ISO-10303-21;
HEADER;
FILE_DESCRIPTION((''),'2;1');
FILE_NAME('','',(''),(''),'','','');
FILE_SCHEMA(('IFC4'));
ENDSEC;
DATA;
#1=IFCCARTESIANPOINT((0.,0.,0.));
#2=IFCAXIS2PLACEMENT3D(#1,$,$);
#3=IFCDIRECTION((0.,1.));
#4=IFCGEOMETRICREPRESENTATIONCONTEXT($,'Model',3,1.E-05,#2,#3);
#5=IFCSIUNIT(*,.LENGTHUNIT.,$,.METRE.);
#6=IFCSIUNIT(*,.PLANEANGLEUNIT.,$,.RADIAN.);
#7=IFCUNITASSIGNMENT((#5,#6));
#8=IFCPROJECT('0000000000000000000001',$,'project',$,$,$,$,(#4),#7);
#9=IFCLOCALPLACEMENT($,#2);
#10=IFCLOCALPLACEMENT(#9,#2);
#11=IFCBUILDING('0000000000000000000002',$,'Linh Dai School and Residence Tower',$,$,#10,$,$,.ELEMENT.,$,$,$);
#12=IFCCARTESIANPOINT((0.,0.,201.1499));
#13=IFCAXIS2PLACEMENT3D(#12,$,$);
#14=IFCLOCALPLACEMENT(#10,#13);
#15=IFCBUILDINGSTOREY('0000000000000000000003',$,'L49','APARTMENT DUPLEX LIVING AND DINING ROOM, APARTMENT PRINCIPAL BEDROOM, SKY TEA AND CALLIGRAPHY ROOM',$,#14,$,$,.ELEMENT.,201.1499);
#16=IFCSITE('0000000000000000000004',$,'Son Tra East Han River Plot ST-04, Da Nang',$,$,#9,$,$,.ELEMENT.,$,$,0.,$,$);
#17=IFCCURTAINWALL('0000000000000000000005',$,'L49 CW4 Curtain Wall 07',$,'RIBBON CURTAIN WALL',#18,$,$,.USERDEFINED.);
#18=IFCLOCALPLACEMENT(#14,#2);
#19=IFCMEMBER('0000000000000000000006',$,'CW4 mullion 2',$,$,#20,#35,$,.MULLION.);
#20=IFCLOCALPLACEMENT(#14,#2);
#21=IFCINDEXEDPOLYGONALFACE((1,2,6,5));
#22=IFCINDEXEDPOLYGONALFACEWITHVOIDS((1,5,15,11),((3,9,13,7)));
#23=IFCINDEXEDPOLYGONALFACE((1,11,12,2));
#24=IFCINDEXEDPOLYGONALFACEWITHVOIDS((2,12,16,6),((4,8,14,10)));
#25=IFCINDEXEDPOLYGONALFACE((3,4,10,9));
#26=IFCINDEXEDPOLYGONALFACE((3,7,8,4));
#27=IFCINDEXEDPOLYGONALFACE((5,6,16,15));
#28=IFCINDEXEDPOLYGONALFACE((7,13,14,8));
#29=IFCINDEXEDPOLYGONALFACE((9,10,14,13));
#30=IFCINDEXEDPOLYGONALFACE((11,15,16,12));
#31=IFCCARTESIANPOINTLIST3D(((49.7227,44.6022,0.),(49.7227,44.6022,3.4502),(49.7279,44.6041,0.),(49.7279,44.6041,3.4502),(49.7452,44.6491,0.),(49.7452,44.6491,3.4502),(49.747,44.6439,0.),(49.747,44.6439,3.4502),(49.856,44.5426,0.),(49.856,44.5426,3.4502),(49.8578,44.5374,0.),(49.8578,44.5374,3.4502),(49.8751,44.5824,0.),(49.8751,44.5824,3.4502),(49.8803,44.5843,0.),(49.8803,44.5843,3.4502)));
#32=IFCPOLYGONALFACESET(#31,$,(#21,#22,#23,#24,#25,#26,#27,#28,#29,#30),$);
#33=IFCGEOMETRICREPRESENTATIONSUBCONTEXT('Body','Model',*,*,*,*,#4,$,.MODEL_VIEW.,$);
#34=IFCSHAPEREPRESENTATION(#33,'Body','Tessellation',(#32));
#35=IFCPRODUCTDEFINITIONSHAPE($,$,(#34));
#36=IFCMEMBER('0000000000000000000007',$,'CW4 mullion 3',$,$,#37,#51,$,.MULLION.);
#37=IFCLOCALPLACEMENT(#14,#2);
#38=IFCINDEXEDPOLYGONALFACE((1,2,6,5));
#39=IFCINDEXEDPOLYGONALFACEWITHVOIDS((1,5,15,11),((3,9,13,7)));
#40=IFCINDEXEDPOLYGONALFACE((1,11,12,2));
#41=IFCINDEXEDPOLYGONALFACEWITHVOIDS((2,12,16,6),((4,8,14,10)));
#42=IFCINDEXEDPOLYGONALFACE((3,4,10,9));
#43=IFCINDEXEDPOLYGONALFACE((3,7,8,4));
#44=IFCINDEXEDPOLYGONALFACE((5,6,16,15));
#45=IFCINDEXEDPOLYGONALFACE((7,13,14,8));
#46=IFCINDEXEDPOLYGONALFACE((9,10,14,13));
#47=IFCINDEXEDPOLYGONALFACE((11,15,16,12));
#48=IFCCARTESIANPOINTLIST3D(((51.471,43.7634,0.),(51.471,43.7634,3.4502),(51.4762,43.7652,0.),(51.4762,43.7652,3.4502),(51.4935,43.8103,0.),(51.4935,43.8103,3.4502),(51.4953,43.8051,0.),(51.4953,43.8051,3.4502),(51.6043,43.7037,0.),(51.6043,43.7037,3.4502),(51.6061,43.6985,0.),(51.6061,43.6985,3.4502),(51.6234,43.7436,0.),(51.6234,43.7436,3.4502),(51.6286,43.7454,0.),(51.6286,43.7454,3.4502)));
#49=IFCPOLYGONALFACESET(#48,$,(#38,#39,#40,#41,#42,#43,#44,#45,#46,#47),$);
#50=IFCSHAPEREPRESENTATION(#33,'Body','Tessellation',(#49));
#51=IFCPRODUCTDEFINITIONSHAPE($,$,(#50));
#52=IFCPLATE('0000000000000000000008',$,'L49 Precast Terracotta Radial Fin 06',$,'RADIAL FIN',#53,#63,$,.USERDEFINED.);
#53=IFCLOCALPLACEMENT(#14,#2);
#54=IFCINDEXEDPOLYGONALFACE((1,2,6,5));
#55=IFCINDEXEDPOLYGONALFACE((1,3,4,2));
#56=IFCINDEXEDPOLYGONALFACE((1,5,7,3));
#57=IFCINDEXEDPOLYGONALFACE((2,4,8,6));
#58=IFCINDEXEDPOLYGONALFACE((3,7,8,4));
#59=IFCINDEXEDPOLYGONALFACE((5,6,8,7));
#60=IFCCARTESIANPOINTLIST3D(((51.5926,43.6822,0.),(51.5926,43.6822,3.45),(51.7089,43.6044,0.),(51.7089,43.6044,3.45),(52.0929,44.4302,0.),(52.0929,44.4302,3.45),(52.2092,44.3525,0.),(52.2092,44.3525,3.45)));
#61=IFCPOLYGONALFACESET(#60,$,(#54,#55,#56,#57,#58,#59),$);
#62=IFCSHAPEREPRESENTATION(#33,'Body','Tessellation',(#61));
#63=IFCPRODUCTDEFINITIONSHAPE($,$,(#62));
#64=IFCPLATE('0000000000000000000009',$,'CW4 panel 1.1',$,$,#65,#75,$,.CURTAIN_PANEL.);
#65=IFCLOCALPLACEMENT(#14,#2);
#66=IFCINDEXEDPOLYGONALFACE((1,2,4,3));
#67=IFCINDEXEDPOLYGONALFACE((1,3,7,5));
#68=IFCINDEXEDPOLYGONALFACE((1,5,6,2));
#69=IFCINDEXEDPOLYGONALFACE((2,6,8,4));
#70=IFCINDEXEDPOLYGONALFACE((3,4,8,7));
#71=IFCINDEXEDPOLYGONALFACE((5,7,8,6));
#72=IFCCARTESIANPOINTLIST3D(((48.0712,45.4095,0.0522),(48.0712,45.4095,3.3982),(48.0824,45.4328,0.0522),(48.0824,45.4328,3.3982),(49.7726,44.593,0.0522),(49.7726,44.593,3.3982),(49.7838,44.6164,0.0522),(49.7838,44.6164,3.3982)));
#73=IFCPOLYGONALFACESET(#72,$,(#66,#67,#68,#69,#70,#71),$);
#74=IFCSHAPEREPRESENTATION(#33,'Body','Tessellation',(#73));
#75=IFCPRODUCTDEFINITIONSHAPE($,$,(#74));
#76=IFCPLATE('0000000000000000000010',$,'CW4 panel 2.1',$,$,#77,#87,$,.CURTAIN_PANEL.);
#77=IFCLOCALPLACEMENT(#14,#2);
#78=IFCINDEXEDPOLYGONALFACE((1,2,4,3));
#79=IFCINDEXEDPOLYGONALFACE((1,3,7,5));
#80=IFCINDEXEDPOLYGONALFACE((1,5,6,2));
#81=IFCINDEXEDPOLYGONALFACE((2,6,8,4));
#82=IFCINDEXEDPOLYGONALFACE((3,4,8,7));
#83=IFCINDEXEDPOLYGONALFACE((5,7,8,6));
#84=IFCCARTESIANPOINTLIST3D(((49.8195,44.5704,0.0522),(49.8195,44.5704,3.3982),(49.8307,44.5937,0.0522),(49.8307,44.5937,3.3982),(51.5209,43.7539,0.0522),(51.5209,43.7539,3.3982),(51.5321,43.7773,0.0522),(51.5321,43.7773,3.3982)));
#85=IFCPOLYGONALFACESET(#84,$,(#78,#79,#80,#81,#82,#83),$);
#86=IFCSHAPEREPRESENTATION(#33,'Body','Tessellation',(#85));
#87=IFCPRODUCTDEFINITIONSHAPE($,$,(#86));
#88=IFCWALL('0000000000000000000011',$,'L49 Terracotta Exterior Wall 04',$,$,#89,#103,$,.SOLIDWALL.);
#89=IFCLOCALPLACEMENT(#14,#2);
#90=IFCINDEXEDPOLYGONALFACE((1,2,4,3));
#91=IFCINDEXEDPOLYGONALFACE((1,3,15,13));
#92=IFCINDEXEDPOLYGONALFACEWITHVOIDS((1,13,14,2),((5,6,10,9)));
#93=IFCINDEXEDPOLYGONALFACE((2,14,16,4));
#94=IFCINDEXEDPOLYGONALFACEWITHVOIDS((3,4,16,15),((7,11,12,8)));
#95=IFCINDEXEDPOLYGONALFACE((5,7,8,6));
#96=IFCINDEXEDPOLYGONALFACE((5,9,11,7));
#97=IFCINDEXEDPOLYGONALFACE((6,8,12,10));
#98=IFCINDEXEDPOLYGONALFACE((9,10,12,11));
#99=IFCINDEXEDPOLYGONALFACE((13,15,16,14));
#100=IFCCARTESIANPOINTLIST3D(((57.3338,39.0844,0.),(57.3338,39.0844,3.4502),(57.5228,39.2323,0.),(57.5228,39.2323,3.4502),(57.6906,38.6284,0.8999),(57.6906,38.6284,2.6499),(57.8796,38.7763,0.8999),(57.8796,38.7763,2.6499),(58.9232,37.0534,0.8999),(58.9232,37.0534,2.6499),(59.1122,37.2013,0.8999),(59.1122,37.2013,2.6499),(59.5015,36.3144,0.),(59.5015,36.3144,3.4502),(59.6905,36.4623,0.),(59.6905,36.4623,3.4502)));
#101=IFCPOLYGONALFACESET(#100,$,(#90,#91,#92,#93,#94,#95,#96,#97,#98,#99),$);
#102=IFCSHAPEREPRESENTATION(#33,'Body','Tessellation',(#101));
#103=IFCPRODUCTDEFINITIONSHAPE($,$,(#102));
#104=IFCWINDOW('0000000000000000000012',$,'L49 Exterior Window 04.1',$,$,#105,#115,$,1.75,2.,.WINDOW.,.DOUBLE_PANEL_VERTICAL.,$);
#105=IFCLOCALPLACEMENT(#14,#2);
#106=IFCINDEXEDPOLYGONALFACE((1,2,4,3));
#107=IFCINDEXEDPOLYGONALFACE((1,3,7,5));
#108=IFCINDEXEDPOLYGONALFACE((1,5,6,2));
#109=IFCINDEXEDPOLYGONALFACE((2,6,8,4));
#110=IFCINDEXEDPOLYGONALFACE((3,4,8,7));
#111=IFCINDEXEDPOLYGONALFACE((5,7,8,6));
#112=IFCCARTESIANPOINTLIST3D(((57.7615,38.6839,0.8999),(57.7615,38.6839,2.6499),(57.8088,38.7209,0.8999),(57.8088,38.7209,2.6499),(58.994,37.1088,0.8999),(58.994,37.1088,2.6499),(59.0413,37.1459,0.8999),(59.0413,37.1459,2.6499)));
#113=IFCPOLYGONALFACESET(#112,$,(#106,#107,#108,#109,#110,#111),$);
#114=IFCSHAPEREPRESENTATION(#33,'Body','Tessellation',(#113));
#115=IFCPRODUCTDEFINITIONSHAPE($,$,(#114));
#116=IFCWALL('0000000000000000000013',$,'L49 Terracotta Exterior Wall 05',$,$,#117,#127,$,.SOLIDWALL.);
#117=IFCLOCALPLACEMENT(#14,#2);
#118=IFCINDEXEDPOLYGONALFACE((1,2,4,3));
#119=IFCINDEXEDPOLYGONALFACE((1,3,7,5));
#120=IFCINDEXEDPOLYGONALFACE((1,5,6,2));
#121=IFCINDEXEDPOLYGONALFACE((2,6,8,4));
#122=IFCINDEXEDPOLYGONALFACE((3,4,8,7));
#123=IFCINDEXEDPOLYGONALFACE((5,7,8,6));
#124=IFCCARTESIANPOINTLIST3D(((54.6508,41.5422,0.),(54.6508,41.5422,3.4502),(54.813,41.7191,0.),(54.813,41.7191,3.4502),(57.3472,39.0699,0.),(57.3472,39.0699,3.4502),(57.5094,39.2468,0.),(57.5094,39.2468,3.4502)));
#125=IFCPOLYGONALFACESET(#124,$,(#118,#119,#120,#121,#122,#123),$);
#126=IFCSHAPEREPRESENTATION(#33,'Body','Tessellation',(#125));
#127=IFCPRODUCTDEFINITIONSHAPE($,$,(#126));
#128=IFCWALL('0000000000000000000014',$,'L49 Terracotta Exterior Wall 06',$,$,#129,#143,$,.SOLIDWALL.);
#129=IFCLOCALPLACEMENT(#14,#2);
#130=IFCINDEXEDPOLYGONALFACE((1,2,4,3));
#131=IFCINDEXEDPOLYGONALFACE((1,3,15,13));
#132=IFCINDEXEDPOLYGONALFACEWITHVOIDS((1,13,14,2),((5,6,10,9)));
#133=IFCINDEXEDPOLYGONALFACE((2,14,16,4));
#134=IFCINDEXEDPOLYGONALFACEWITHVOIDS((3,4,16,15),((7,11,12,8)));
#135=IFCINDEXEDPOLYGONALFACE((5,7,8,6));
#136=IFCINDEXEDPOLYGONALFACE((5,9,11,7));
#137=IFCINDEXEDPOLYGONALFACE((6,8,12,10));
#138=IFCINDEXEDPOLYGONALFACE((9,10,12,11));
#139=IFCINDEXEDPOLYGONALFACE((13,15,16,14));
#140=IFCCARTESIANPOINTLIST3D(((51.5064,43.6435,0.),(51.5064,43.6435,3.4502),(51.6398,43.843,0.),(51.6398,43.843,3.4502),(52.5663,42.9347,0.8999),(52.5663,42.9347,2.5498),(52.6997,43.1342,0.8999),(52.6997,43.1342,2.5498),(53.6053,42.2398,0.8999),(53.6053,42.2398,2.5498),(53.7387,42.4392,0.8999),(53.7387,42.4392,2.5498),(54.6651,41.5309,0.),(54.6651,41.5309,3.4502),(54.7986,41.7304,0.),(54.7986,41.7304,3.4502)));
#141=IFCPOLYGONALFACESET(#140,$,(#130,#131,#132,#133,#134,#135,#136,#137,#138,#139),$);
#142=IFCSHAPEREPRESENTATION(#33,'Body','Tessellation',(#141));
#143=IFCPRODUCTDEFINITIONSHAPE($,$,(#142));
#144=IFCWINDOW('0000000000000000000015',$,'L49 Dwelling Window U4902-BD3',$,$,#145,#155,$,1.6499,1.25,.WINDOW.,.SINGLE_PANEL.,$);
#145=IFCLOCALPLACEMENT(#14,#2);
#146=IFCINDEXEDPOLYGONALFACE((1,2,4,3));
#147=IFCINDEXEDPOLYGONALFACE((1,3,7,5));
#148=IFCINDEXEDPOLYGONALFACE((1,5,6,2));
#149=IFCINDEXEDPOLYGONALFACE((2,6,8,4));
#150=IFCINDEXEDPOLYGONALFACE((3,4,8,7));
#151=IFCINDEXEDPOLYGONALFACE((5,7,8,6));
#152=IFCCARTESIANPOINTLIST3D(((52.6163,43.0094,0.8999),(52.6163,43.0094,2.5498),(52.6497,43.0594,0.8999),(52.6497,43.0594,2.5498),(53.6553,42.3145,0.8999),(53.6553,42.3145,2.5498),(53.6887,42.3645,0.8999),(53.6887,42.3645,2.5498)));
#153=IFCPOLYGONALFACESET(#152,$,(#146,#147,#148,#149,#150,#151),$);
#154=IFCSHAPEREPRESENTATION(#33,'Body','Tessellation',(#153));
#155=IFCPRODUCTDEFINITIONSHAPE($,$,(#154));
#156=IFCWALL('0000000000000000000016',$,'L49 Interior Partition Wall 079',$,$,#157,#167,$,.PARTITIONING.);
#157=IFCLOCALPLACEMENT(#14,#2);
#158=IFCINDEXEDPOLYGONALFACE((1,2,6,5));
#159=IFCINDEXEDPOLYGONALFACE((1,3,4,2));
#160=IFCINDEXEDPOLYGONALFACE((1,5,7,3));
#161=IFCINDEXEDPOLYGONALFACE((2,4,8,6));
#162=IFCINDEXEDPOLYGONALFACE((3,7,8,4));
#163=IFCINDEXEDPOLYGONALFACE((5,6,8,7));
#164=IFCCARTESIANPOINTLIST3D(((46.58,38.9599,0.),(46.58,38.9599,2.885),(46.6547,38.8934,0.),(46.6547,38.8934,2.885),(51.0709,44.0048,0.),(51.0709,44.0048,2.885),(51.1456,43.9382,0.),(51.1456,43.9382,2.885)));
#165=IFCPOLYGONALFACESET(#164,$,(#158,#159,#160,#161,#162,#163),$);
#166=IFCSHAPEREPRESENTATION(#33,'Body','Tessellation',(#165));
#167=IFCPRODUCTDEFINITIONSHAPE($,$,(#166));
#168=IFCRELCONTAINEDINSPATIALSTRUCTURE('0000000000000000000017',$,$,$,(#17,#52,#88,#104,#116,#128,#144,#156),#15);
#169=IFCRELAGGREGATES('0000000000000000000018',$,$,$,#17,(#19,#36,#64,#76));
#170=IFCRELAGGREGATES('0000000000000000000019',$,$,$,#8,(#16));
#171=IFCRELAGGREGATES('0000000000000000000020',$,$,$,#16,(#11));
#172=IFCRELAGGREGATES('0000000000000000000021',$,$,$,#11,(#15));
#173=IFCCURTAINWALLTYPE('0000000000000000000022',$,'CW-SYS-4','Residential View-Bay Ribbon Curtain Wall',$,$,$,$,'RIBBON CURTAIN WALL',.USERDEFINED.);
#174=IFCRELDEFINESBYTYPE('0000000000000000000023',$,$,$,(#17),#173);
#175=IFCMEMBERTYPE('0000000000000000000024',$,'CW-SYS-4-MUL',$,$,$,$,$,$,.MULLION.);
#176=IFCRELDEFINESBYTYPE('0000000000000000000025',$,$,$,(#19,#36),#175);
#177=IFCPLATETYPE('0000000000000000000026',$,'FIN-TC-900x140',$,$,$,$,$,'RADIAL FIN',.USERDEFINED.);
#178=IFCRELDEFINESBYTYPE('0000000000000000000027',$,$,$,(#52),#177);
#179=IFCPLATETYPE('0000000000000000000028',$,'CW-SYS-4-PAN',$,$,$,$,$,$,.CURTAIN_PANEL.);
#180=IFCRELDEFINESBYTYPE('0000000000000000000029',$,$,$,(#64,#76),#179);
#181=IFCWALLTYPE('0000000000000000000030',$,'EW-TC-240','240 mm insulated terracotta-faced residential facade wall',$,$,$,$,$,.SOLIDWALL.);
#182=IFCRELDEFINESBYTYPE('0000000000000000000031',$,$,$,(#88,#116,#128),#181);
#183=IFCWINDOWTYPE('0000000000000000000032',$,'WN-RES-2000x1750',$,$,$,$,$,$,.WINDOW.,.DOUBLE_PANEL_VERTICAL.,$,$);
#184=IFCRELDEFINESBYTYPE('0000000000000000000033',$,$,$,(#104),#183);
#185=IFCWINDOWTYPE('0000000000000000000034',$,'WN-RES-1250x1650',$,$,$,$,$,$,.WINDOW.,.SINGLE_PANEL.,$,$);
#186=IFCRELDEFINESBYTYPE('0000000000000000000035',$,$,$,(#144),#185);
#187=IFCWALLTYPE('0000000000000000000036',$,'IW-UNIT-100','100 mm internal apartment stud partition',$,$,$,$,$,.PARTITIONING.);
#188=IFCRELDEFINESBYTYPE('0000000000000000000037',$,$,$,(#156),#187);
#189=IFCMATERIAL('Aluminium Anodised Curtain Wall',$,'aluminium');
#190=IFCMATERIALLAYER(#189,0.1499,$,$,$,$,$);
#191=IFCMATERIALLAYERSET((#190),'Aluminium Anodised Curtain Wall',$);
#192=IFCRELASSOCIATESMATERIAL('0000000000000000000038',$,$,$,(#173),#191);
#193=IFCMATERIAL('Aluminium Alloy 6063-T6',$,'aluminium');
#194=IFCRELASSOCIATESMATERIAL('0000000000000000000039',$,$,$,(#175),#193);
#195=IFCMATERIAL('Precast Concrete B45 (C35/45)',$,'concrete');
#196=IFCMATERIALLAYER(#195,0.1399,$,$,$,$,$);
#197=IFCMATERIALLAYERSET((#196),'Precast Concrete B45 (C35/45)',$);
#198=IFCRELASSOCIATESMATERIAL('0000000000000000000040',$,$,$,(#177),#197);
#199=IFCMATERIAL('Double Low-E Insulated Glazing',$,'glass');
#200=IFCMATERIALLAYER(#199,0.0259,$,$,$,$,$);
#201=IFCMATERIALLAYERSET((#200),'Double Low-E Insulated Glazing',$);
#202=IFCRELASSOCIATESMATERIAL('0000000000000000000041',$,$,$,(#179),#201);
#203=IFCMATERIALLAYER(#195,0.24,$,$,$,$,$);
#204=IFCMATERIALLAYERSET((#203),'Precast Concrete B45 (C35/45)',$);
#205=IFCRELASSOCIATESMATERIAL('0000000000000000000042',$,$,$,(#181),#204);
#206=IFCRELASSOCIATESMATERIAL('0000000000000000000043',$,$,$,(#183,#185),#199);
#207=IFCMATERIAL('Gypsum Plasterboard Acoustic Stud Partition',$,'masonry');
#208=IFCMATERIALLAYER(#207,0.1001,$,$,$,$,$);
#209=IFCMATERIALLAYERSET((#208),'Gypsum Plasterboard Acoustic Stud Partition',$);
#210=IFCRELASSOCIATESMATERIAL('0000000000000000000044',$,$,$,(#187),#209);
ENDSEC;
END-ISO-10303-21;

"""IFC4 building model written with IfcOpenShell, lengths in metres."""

from ifc_helpers import new_model, si_unit, direction, frame, frame_2d, origin, origin_2d, place, context, subcontext, project, spatial, rectangle, hollow_rectangle, extrude, source, transform, mapped, material, layer, layer_set, material_profile, profile_set, type_object, element, fill, aggregate, save


model = new_model("IFC4")

# Units and contexts
model_context = context("Model", 3, precision=1e-05, world=origin(), true_north=direction((0.0, 1.0)))
body_context = subcontext(model_context, "Body", "Model", "MODEL_VIEW")
ifc_project = project(units=[si_unit("LENGTHUNIT", "METRE"), si_unit("PLANEANGLEUNIT", "RADIAN")], contexts=[model_context])

# Site, building, storey
site_placement = place(None, origin())
site = spatial("IfcSite", under=ifc_project, at=site_placement, Name="Son Tra East Han River Plot ST-04, Da Nang", CompositionType="ELEMENT", RefElevation=0.0)
building_placement = place(site_placement, origin())
building = spatial("IfcBuilding", under=site, at=building_placement, Name="Linh Dai School and Residence Tower", CompositionType="ELEMENT")
storey_placement = place(building_placement, frame((0.0, 0.0, 201.1499)))
storey = spatial("IfcBuildingStorey", under=building, at=storey_placement, Name="L49", Description="APARTMENT DUPLEX LIVING AND DINING ROOM, APARTMENT PRINCIPAL BEDROOM, SKY TEA AND CALLIGRAPHY ROOM", CompositionType="ELEMENT", Elevation=201.1499)

# Curtain wall, members
ifc_material_1 = material(Name="Aluminium Anodised Curtain Wall", Category="aluminium")
ifc_layer_1 = layer(ifc_material_1, 0.1499)
ifc_layer_set_1 = layer_set([ifc_layer_1], Name="Aluminium Anodised Curtain Wall")
curtain_wall_type = type_object("IfcCurtainWallType", Name="CW-SYS-4", Description="Residential View-Bay Ribbon Curtain Wall", ElementType="RIBBON CURTAIN WALL", PredefinedType="USERDEFINED", material=ifc_layer_set_1)
curtain_wall_placement = place(storey_placement, origin())
curtain_wall = element("IfcCurtainWall", 1, at=curtain_wall_placement, inside=storey, type_object=curtain_wall_type, Name="L49 CW4 Curtain Wall 07", ObjectType="RIBBON CURTAIN WALL", PredefinedType="USERDEFINED")
ifc_material_2 = material(Name="Aluminium Alloy 6063-T6", Category="aluminium")
ifc_material_profile_1 = material_profile(ifc_material_2, hollow_rectangle(XDim=0.052, YDim=0.1499, WallThickness=0.0039, at=origin_2d()), Name="RHS 150x52x4")
ifc_profile_set_1 = profile_set([ifc_material_profile_1], Name="Aluminium Alloy 6063-T6")
member_type_1 = type_object("IfcMemberType", Name="CW-SYS-4-MUL", PredefinedType="MULLION", material=ifc_profile_set_1)
shared_shape_1 = source(origin(), body_context, "Body", "SweptSolid", [
    extrude(hollow_rectangle(XDim=0.052, YDim=0.1499, WallThickness=0.0039, at=origin_2d()), origin(), (0.0, 0.0, 1.0), 3.4502),
])
member_1_placement = place(storey_placement, frame((49.8015, 44.5933, 0.0), z_axis=(0.0, 0.0, 1.0), x_axis=(0.432635, 0.901569, 0.0)))
member_1 = element("IfcMember", 2, at=member_1_placement, type_object=member_type_1, Name="CW4 mullion 2", PredefinedType="MULLION", context=body_context, shape_type="MappedRepresentation", body=[
    mapped(shared_shape_1, transform((0.0, 0.0, 0.0), x_axis=(1.0, 0.0, 0.0), y_axis=(0.0, 1.0, 0.0), z_axis=(0.0, 0.0, 1.0), scale=1.0)),
])
member_2_placement = place(storey_placement, frame((51.5498, 43.7544, 0.0), z_axis=(0.0, 0.0, 1.0), x_axis=(0.432635, 0.901569, 0.0)))
member_2 = element("IfcMember", 3, at=member_2_placement, type_object=member_type_1, Name="CW4 mullion 3", PredefinedType="MULLION", context=body_context, shape_type="MappedRepresentation", body=[
    mapped(shared_shape_1, transform((0.0, 0.0, 0.0), x_axis=(1.0, 0.0, 0.0), y_axis=(0.0, 1.0, 0.0), z_axis=(0.0, 0.0, 1.0), scale=1.0)),
])

# Plates
ifc_material_3 = material(Name="Precast Concrete B45 (C35/45)", Category="concrete")
ifc_layer_2 = layer(ifc_material_3, 0.1399)
ifc_layer_set_2 = layer_set([ifc_layer_2], Name="Precast Concrete B45 (C35/45)")
plate_type_1 = type_object("IfcPlateType", Name="FIN-TC-900x140", ElementType="RADIAL FIN", PredefinedType="USERDEFINED", material=ifc_layer_set_2)
shared_shape_2 = source(origin(), body_context, "Body", "SweptSolid", [
    extrude(rectangle(XDim=0.8999, YDim=0.1399, at=origin_2d()), origin(), (0.0, 0.0, 1.0), 3.45),
])
plate_1_placement = place(storey_placement, frame((51.9009, 44.0173, 0.0), z_axis=(0.0, 0.0, 1.0), x_axis=(0.555931, 0.831228, 0.0)))
element("IfcPlate", 4, at=plate_1_placement, inside=storey, type_object=plate_type_1, Name="L49 Precast Terracotta Radial Fin 06", ObjectType="RADIAL FIN", PredefinedType="USERDEFINED", context=body_context, shape_type="MappedRepresentation", body=[
    mapped(shared_shape_2, transform((0.0, 0.0, 0.0), x_axis=(1.0, 0.0, 0.0), y_axis=(0.0, 1.0, 0.0), z_axis=(0.0, 0.0, 1.0), scale=1.0)),
])
ifc_material_4 = material(Name="Double Low-E Insulated Glazing", Category="glass")
ifc_layer_3 = layer(ifc_material_4, 0.0259)
ifc_layer_set_3 = layer_set([ifc_layer_3], Name="Double Low-E Insulated Glazing")
plate_type_2 = type_object("IfcPlateType", Name="CW-SYS-4-PAN", PredefinedType="CURTAIN_PANEL", material=ifc_layer_set_3)
shared_shape_3 = source(origin(), body_context, "Body", "SweptSolid", [
    extrude(rectangle(XDim=1.8872, YDim=0.0259, at=origin_2d()), origin(), (0.0, 0.0, 1.0), 3.3459),
])
plate_2_placement = place(storey_placement, frame((48.9275, 45.0129, 0.0522), z_axis=(0.0, 0.0, 1.0), x_axis=(0.901569, -0.432635, 0.0)))
plate_2 = element("IfcPlate", 5, at=plate_2_placement, type_object=plate_type_2, Name="CW4 panel 1.1", PredefinedType="CURTAIN_PANEL", context=body_context, shape_type="MappedRepresentation", body=[
    mapped(shared_shape_3, transform((0.0, 0.0, 0.0), x_axis=(1.0, 0.0, 0.0), y_axis=(0.0, 1.0, 0.0), z_axis=(0.0, 0.0, 1.0), scale=1.0)),
])
plate_3_placement = place(storey_placement, frame((50.6758, 44.1738, 0.0522), z_axis=(0.0, 0.0, 1.0), x_axis=(0.901569, -0.432635, 0.0)))
plate_3 = element("IfcPlate", 6, at=plate_3_placement, type_object=plate_type_2, Name="CW4 panel 2.1", PredefinedType="CURTAIN_PANEL", context=body_context, shape_type="MappedRepresentation", body=[
    mapped(shared_shape_3, transform((0.0, 0.0, 0.0), x_axis=(1.0, 0.0, 0.0), y_axis=(0.0, 1.0, 0.0), z_axis=(0.0, 0.0, 1.0), scale=1.0)),
])
aggregate(curtain_wall, [member_1, member_2, plate_2, plate_3])

# Wall, opening, window
ifc_layer_4 = layer(ifc_material_3, 0.24)
ifc_layer_set_4 = layer_set([ifc_layer_4], Name="Precast Concrete B45 (C35/45)")
wall_type_1 = type_object("IfcWallType", Name="EW-TC-240", Description="240 mm insulated terracotta-faced residential facade wall", PredefinedType="SOLIDWALL", material=ifc_layer_set_4)
wall_1_placement = place(storey_placement, frame((57.4282, 39.1584, 0.0), z_axis=(0.0, 0.0, 1.0), x_axis=(0.616288, -0.787521, 0.0)))
wall_1 = element("IfcWall", 7, at=wall_1_placement, inside=storey, type_object=wall_type_1, Name="L49 Terracotta Exterior Wall 04", PredefinedType="SOLIDWALL", context=body_context, shape_type="SweptSolid", body=[
    extrude(rectangle(XDim=3.5173, YDim=0.24, at=frame_2d((1.7588, 0.0))), origin(), (0.0, 0.0, 1.0), 3.4502),
])
opening_1_placement = place(wall_1_placement, frame((0.5791, 0.0, 0.8999)))
opening_1 = element("IfcOpeningElement", 8, at=opening_1_placement, cuts=wall_1, PredefinedType="OPENING", context=body_context, shape_type="SweptSolid", body=[
    extrude(rectangle(XDim=2.0, YDim=1.75, at=origin_2d()), frame((1.0, 0.1299, 0.875), z_axis=(0.0, -1.0, 0.0), x_axis=(1.0, 0.0, 0.0)), (0.0, 0.0, 1.0), 0.26),
])
window_type_1 = type_object("IfcWindowType", Name="WN-RES-2000x1750", PartitioningType="DOUBLE_PANEL_VERTICAL", PredefinedType="WINDOW", material=ifc_material_4)
shared_shape_4 = source(origin(), body_context, "Body", "SweptSolid", [
    extrude(rectangle(XDim=2.0, YDim=1.75, at=origin_2d()), frame((1.0, 0.03, 0.875), z_axis=(0.0, -1.0, 0.0), x_axis=(1.0, 0.0, 0.0)), (0.0, 0.0, 1.0), 0.0601),
])
window_1_placement = place(opening_1_placement, origin())
window_1 = element("IfcWindow", 9, at=window_1_placement, inside=storey, type_object=window_type_1, Name="L49 Exterior Window 04.1", OverallHeight=1.75, OverallWidth=2.0, PartitioningType="DOUBLE_PANEL_VERTICAL", PredefinedType="WINDOW", context=body_context, shape_type="MappedRepresentation", body=[
    mapped(shared_shape_4, transform((0.0, 0.0, 0.0), x_axis=(1.0, 0.0, 0.0), y_axis=(0.0, 1.0, 0.0), z_axis=(0.0, 0.0, 1.0), scale=1.0)),
])
fill(opening_1, window_1)

# Wall
wall_2_placement = place(storey_placement, frame((54.7319, 41.6306, 0.0), z_axis=(0.0, 0.0, 1.0), x_axis=(0.737077, -0.675809, 0.0)))
element("IfcWall", 10, at=wall_2_placement, inside=storey, type_object=wall_type_1, Name="L49 Terracotta Exterior Wall 05", PredefinedType="SOLIDWALL", context=body_context, shape_type="SweptSolid", body=[
    extrude(rectangle(XDim=3.6582, YDim=0.24, at=frame_2d((1.8291, 0.0))), origin(), (0.0, 0.0, 1.0), 3.4502),
])

# Wall, opening, window
wall_3_placement = place(storey_placement, frame((51.5732, 43.7432, 0.0), z_axis=(0.0, 0.0, 1.0), x_axis=(0.831229, -0.55593, 0.0)))
wall_3 = element("IfcWall", 11, at=wall_3_placement, inside=storey, type_object=wall_type_1, Name="L49 Terracotta Exterior Wall 06", PredefinedType="SOLIDWALL", context=body_context, shape_type="SweptSolid", body=[
    extrude(rectangle(XDim=3.8, YDim=0.24, at=frame_2d((1.8999, 0.0))), origin(), (0.0, 0.0, 1.0), 3.4502),
])
opening_2_placement = place(wall_3_placement, frame((1.2749, 0.0, 0.8999)))
opening_2 = element("IfcOpeningElement", 12, at=opening_2_placement, cuts=wall_3, PredefinedType="OPENING", context=body_context, shape_type="SweptSolid", body=[
    extrude(rectangle(XDim=1.25, YDim=1.6499, at=origin_2d()), frame((0.625, 0.1299, 0.825), z_axis=(0.0, -1.0, 0.0), x_axis=(1.0, 0.0, 0.0)), (0.0, 0.0, 1.0), 0.26),
])
window_type_2 = type_object("IfcWindowType", Name="WN-RES-1250x1650", PartitioningType="SINGLE_PANEL", PredefinedType="WINDOW", material=ifc_material_4)
shared_shape_5 = source(origin(), body_context, "Body", "SweptSolid", [
    extrude(rectangle(XDim=1.25, YDim=1.6499, at=origin_2d()), frame((0.625, 0.03, 0.825), z_axis=(0.0, -1.0, 0.0), x_axis=(1.0, 0.0, 0.0)), (0.0, 0.0, 1.0), 0.0601),
])
window_2_placement = place(opening_2_placement, origin())
window_2 = element("IfcWindow", 13, at=window_2_placement, inside=storey, type_object=window_type_2, Name="L49 Dwelling Window U4902-BD3", OverallHeight=1.6499, OverallWidth=1.25, PartitioningType="SINGLE_PANEL", PredefinedType="WINDOW", context=body_context, shape_type="MappedRepresentation", body=[
    mapped(shared_shape_5, transform((0.0, 0.0, 0.0), x_axis=(1.0, 0.0, 0.0), y_axis=(0.0, 1.0, 0.0), z_axis=(0.0, 0.0, 1.0), scale=1.0)),
])
fill(opening_2, window_2)

# Wall
ifc_material_5 = material(Name="Gypsum Plasterboard Acoustic Stud Partition", Category="masonry")
ifc_layer_5 = layer(ifc_material_5, 0.1001)
ifc_layer_set_5 = layer_set([ifc_layer_5], Name="Gypsum Plasterboard Acoustic Stud Partition")
wall_type_2 = type_object("IfcWallType", Name="IW-UNIT-100", Description="100 mm internal apartment stud partition", PredefinedType="PARTITIONING", material=ifc_layer_set_5)
wall_4_placement = place(storey_placement, frame((46.6174, 38.9268, 0.0), z_axis=(0.0, 0.0, 1.0), x_axis=(0.664909, 0.746925, 0.0)))
element("IfcWall", 14, at=wall_4_placement, inside=storey, type_object=wall_type_2, Name="L49 Interior Partition Wall 079", PredefinedType="PARTITIONING", context=body_context, shape_type="SweptSolid", body=[
    extrude(rectangle(XDim=6.7542, YDim=0.1001, at=frame_2d((3.377, 0.0))), origin(), (0.0, 0.0, 1.0), 2.885),
])

save(model, "model.ifc")
